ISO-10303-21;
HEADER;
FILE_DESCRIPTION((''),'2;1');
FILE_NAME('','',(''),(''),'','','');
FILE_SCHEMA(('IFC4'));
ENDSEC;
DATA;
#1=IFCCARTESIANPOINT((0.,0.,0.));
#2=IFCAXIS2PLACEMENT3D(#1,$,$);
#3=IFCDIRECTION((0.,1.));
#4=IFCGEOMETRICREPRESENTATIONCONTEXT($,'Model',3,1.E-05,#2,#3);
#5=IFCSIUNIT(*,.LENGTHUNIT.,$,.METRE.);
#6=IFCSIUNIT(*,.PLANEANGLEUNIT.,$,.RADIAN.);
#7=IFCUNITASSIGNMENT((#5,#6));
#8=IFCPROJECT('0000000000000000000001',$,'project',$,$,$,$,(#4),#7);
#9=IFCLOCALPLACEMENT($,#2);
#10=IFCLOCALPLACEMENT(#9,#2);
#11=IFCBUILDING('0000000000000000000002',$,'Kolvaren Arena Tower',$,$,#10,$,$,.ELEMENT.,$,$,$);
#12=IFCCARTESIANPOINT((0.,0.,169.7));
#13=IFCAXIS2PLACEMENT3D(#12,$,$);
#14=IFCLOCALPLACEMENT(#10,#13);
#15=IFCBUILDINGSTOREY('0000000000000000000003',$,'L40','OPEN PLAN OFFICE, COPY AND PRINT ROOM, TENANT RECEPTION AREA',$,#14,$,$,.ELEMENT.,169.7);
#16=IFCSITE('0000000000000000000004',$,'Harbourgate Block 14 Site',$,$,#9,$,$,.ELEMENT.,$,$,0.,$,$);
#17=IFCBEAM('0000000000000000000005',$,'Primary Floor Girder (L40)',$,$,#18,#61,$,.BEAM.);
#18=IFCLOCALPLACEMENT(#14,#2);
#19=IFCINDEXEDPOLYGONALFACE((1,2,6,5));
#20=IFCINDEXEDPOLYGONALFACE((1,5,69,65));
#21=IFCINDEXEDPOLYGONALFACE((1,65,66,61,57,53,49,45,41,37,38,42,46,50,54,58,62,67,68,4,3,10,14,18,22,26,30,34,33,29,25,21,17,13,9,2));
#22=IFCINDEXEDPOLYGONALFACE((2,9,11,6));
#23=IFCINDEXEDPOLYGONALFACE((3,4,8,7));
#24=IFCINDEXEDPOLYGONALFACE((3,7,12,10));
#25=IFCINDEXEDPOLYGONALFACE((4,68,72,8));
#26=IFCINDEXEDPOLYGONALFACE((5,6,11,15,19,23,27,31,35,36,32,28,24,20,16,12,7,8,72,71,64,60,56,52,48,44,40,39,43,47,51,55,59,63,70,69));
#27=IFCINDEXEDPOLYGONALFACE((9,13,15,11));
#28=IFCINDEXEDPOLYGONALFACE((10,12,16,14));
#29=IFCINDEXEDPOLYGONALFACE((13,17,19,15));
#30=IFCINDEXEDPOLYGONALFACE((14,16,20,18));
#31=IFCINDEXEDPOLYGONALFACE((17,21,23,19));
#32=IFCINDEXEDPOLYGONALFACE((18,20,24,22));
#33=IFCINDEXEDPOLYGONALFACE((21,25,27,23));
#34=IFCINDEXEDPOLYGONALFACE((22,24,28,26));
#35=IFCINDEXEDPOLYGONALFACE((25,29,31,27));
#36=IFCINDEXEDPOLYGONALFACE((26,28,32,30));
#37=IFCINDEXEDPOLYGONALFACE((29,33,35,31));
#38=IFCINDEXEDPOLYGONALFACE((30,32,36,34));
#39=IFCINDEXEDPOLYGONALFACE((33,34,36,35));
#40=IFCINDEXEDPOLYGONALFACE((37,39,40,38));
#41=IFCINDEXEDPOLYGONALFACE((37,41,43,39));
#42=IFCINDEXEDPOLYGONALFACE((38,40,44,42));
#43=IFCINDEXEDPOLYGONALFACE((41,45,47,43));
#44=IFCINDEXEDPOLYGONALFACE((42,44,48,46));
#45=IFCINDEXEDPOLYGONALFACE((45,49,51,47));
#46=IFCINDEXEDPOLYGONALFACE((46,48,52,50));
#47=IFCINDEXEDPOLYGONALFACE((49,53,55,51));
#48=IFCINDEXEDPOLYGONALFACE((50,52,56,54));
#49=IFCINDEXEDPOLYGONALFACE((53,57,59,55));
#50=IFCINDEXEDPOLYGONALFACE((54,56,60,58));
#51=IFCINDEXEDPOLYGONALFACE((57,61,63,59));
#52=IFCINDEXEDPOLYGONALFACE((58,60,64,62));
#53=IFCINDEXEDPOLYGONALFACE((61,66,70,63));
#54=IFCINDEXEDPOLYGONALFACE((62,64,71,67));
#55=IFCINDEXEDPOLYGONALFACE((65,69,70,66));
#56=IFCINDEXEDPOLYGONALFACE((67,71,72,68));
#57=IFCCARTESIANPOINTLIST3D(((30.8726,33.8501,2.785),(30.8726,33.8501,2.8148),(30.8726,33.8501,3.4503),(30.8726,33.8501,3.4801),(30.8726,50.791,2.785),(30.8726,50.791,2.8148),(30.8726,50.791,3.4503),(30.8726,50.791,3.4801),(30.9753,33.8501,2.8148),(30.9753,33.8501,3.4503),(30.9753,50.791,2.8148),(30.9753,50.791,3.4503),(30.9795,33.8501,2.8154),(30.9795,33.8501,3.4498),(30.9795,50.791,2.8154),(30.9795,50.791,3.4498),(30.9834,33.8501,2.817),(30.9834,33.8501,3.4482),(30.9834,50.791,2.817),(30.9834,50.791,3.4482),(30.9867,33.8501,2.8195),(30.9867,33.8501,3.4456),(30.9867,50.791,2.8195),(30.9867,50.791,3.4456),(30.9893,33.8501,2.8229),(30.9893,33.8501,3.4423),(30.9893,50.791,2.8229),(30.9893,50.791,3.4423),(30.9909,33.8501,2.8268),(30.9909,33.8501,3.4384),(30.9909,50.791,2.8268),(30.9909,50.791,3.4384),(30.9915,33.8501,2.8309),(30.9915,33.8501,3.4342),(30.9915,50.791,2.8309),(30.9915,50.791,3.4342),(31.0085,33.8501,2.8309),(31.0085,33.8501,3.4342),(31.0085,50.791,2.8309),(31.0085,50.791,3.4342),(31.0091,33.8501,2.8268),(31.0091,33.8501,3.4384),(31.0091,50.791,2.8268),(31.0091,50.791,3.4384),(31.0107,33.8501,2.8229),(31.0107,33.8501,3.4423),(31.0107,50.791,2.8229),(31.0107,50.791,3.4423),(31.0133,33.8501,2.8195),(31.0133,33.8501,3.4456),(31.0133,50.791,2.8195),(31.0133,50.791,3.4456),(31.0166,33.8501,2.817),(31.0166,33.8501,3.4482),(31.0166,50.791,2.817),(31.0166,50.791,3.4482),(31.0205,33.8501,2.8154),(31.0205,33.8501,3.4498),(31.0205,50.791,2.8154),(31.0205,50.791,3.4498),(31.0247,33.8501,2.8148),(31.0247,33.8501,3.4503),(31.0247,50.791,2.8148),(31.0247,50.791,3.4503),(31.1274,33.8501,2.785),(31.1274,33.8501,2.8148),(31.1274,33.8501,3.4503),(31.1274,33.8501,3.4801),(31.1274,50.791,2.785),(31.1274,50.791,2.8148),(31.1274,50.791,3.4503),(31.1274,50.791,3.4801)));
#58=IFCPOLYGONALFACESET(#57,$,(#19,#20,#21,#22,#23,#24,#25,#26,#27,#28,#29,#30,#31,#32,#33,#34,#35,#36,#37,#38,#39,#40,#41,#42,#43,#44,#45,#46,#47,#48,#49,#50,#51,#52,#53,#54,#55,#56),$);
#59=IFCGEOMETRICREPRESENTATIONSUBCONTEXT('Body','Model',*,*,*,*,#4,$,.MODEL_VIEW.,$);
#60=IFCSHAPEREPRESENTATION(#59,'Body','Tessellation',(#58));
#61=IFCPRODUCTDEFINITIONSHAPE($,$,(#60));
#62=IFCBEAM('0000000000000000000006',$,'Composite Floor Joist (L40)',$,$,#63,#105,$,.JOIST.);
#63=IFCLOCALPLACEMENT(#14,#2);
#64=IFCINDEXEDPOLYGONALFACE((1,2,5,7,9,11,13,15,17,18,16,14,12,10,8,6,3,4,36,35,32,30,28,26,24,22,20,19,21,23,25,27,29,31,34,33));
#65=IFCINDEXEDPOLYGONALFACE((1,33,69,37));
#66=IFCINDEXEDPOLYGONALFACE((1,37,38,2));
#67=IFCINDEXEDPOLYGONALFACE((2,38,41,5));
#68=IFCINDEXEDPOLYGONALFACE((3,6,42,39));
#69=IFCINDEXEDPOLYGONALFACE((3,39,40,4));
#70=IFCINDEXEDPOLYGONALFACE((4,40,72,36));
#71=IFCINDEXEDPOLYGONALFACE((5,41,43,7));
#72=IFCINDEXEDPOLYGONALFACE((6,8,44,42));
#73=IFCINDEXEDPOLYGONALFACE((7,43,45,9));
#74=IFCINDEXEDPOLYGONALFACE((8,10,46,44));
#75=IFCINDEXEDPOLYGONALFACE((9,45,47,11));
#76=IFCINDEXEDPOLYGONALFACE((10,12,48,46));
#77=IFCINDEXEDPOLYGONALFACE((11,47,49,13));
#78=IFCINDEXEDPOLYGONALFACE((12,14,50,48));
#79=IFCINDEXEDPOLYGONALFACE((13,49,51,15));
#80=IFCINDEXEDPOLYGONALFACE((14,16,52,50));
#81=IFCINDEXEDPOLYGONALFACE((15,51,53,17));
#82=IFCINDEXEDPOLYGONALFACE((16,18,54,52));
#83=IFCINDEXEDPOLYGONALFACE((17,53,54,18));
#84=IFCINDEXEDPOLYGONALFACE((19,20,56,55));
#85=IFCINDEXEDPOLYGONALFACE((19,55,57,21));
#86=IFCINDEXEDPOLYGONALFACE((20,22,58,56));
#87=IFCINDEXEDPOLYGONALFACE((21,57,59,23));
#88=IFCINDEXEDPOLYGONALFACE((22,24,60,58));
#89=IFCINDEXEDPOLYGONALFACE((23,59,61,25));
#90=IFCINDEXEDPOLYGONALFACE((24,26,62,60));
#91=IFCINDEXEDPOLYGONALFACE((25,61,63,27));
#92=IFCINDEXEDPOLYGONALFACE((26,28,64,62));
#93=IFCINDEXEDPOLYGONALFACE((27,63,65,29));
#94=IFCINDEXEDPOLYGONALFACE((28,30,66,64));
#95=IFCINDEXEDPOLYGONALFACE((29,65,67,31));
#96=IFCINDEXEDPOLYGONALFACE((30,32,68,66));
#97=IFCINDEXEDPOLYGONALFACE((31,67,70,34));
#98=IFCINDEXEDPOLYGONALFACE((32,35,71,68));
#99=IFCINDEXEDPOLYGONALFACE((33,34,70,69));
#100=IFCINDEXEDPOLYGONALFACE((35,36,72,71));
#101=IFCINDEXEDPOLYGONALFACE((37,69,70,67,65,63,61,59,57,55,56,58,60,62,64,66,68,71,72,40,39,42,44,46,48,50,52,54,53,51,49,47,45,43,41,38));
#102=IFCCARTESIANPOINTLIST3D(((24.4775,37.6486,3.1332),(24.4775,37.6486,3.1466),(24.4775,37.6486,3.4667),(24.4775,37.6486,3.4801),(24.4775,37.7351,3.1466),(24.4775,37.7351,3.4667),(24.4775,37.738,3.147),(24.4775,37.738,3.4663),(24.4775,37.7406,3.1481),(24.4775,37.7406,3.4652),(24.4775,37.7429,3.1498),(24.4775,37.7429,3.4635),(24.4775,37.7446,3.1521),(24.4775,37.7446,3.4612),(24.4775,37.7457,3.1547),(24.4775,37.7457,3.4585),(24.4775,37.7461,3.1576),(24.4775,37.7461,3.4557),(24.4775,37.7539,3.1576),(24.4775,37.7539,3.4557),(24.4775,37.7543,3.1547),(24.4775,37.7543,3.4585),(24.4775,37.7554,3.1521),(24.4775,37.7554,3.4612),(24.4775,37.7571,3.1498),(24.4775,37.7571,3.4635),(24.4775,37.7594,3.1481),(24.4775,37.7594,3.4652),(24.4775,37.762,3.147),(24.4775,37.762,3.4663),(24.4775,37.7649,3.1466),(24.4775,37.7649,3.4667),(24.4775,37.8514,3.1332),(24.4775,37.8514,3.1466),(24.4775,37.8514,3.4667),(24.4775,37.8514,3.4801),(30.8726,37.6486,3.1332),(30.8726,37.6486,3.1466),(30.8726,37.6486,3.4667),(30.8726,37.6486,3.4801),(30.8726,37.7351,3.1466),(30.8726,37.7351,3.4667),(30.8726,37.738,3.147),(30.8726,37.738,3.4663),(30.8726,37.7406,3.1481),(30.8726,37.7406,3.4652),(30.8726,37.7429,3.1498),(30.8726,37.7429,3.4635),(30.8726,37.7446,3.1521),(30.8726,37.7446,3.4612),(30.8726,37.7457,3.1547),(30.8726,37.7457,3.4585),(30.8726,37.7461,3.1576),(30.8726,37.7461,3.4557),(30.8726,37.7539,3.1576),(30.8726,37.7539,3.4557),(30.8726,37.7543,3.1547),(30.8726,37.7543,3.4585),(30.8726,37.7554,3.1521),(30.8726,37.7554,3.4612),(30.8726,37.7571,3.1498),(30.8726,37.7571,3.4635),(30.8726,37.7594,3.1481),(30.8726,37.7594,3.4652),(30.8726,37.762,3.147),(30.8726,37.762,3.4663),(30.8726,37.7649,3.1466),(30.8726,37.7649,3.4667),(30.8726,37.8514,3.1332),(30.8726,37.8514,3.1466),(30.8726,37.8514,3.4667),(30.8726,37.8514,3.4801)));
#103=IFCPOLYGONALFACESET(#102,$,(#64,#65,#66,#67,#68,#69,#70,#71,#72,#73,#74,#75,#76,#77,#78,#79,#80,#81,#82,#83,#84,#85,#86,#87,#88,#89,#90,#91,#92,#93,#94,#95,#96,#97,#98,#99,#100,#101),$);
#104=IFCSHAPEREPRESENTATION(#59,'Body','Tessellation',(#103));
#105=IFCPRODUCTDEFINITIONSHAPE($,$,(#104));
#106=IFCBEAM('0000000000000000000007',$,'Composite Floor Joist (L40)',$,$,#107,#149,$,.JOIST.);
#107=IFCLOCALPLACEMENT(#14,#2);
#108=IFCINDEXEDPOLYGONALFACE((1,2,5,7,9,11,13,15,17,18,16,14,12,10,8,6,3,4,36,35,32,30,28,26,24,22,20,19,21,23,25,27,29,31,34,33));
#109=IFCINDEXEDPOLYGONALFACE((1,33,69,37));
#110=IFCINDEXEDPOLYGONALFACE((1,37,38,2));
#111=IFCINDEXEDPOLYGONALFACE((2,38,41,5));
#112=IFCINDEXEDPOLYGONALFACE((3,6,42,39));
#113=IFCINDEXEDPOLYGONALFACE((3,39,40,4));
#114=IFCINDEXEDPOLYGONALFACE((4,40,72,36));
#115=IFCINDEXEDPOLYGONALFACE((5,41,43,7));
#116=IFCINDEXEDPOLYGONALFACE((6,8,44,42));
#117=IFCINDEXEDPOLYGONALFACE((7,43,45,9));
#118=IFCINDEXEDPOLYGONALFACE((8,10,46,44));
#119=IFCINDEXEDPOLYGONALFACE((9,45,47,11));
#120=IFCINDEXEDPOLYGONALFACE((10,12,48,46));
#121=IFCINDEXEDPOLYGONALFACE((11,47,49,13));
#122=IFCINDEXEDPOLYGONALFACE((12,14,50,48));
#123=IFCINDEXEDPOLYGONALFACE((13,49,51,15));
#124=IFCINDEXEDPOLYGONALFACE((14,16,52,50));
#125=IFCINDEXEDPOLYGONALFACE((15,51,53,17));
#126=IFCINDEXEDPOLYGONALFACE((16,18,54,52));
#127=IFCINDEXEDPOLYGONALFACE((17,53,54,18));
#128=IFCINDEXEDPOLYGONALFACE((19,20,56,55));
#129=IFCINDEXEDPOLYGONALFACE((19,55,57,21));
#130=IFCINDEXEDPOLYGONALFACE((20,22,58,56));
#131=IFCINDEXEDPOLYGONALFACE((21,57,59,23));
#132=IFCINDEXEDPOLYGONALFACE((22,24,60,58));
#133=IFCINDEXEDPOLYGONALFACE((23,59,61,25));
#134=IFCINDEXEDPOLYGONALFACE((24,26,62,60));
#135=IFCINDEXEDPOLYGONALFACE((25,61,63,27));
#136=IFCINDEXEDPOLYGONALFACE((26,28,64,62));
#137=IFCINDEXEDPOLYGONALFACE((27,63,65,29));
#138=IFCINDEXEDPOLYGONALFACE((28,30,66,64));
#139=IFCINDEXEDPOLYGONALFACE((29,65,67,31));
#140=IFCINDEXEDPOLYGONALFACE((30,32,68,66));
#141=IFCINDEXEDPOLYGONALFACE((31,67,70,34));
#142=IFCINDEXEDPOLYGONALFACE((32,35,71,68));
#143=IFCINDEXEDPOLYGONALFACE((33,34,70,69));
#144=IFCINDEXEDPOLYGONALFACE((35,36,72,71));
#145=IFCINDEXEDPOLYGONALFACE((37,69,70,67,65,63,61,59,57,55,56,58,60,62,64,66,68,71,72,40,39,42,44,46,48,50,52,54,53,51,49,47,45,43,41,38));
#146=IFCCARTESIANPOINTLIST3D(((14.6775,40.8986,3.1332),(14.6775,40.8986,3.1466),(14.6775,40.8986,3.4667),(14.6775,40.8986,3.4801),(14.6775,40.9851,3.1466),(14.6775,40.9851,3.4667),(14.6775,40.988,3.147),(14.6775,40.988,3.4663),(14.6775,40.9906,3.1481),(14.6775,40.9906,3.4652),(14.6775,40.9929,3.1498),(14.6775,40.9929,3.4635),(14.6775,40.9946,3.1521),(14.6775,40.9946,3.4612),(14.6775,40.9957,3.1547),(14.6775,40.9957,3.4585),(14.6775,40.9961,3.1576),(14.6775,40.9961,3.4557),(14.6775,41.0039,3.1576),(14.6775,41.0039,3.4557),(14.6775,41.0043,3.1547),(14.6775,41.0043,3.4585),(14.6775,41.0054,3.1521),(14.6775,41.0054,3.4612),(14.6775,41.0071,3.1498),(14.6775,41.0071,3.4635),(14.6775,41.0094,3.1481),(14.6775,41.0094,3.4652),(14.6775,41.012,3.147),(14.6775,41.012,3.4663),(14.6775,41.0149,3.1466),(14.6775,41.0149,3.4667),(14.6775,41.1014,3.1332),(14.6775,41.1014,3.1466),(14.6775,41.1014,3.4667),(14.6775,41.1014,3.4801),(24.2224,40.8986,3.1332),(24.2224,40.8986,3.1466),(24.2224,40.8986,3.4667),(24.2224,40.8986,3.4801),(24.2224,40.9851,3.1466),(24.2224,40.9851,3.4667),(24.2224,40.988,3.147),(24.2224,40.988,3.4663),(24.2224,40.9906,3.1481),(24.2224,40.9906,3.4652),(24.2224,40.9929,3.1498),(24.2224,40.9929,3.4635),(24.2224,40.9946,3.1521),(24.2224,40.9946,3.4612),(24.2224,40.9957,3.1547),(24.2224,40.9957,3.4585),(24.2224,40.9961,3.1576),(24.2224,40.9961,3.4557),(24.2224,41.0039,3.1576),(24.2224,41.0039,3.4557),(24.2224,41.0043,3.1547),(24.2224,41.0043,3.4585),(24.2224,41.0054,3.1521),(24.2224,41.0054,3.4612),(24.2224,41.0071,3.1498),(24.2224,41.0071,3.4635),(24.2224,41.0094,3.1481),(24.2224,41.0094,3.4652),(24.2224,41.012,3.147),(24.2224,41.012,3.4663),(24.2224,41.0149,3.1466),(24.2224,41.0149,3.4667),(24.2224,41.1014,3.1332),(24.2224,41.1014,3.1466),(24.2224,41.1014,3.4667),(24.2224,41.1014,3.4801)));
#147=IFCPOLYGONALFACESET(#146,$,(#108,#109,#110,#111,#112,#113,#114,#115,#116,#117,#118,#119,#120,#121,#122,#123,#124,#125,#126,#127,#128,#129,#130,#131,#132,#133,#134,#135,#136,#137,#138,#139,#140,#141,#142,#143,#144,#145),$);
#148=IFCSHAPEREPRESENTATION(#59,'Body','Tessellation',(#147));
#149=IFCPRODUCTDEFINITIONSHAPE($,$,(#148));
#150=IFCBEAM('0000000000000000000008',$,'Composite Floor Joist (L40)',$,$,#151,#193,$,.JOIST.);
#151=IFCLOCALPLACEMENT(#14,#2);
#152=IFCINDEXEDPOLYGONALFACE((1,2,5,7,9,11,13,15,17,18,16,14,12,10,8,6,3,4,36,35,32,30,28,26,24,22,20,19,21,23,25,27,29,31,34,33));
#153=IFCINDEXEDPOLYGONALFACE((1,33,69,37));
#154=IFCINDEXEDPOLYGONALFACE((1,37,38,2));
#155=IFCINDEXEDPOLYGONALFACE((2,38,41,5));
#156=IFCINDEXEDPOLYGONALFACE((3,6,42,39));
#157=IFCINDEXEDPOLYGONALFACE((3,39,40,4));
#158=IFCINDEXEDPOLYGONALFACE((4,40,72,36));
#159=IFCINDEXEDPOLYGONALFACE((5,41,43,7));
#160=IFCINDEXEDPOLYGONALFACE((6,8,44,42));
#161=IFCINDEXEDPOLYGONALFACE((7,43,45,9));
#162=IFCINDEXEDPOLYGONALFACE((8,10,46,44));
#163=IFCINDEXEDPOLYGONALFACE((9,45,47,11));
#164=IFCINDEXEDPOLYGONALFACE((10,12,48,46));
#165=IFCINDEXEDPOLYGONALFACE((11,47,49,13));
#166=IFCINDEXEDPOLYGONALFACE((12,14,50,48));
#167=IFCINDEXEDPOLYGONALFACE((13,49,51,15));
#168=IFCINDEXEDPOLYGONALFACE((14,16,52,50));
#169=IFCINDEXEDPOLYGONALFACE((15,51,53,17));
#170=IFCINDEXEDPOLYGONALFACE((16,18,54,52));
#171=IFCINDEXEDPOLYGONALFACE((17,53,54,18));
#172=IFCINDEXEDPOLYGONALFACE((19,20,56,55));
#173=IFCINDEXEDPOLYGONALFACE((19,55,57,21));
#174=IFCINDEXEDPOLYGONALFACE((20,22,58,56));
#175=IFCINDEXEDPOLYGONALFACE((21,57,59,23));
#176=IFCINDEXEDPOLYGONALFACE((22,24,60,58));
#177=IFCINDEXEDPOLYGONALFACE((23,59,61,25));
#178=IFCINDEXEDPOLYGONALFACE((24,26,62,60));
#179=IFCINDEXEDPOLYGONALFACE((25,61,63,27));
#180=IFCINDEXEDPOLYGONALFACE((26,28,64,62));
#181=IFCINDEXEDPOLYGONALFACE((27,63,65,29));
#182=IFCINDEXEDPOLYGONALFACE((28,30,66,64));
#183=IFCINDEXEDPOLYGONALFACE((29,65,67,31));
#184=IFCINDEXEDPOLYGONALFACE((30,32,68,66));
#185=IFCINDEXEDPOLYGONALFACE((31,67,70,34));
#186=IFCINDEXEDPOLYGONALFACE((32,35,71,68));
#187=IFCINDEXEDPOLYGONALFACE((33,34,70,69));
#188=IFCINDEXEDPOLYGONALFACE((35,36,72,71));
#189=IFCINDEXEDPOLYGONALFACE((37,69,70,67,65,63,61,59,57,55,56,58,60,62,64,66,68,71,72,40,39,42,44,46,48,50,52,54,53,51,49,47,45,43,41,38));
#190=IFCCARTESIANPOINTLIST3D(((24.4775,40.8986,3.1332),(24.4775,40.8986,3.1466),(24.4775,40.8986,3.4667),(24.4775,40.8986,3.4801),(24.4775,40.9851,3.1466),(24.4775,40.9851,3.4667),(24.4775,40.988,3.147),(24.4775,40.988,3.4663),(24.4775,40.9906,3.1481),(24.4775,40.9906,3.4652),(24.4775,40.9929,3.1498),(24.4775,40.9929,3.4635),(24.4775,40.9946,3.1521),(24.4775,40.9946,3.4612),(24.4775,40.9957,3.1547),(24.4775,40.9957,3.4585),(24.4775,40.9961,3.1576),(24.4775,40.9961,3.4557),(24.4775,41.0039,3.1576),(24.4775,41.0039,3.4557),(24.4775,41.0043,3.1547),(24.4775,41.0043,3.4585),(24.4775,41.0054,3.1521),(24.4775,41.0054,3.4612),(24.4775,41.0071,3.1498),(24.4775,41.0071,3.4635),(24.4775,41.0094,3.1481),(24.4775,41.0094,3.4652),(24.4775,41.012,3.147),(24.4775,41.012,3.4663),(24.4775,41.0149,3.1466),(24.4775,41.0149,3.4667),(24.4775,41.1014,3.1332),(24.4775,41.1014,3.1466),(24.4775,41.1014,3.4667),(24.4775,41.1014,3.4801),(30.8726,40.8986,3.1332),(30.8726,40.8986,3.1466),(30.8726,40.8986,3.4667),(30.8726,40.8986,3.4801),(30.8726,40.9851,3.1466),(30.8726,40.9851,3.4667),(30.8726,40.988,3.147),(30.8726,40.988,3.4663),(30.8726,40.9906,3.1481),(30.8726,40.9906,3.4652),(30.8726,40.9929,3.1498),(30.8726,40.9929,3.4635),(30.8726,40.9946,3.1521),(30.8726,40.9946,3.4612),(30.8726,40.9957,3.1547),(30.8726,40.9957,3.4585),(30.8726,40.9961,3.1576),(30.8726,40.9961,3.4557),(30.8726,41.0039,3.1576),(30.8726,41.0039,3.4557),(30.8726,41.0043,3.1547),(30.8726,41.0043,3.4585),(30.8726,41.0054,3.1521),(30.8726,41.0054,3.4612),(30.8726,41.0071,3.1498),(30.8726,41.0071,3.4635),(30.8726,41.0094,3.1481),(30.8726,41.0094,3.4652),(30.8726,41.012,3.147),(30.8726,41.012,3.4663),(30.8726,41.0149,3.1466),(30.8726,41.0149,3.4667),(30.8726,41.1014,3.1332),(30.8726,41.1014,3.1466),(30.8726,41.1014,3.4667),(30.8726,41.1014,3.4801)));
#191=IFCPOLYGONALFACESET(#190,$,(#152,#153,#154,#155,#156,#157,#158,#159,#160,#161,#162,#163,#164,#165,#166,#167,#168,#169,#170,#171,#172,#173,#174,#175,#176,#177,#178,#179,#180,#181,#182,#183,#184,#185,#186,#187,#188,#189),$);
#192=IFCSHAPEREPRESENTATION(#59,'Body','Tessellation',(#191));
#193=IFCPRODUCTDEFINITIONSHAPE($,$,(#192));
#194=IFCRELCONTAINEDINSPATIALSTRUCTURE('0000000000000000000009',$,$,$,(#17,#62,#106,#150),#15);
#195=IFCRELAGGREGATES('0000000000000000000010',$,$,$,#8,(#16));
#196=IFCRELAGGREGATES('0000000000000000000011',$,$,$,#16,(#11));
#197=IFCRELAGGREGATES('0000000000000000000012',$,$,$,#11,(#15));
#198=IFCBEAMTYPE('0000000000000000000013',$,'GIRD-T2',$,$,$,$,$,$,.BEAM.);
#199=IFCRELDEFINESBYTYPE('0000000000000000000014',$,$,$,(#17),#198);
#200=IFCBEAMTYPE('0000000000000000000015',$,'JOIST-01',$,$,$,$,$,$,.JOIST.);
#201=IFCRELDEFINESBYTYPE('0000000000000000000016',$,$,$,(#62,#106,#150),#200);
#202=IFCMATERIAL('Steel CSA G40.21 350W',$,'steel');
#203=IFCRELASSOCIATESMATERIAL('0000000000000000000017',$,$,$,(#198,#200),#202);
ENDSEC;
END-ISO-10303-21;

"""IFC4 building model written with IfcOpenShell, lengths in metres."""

from ifc_helpers import new_model, si_unit, direction, frame, origin, origin_2d, place, context, subcontext, project, spatial, i_section, extrude, material, material_profile, profile_set, type_object, element, save


model = new_model("IFC4")

# Units and contexts
model_context = context("Model", 3, precision=1e-05, world=origin(), true_north=direction((0.0, 1.0)))
body_context = subcontext(model_context, "Body", "Model", "MODEL_VIEW")
ifc_project = project(units=[si_unit("LENGTHUNIT", "METRE"), si_unit("PLANEANGLEUNIT", "RADIAN")], contexts=[model_context])

# Site, building, storey
site_placement = place(None, origin())
site = spatial("IfcSite", under=ifc_project, at=site_placement, Name="Harbourgate Block 14 Site", CompositionType="ELEMENT", RefElevation=0.0)
building_placement = place(site_placement, origin())
building = spatial("IfcBuilding", under=site, at=building_placement, Name="Kolvaren Arena Tower", CompositionType="ELEMENT")
storey_placement = place(building_placement, frame((0.0, 0.0, 169.7)))
storey = spatial("IfcBuildingStorey", under=building, at=storey_placement, Name="L40", Description="OPEN PLAN OFFICE, COPY AND PRINT ROOM, TENANT RECEPTION AREA", CompositionType="ELEMENT", Elevation=169.7)

# Beams
ifc_material_1 = material(Name="Steel CSA G40.21 350W", Category="steel")
ifc_material_profile_1 = material_profile(ifc_material_1, i_section(OverallWidth=0.2549, OverallDepth=0.6951, WebThickness=0.0171, FlangeThickness=0.0298, FilletRadius=0.0161, at=origin_2d()), Name="W690x217")
ifc_profile_set_1 = profile_set([ifc_material_profile_1], Name="Steel CSA G40.21 350W")
beam_type_1 = type_object("IfcBeamType", Name="GIRD-T2", PredefinedType="BEAM", material=ifc_profile_set_1)
beam_1_placement = place(storey_placement, frame((31.0, 33.8501, 3.1326), z_axis=(0.0, 1.0, 0.0), x_axis=(-1.0, 0.0, 0.0)))
element("IfcBeam", 1, at=beam_1_placement, inside=storey, type_object=beam_type_1, Name="Primary Floor Girder (L40)", PredefinedType="BEAM", context=body_context, shape_type="SweptSolid", body=[
    extrude(i_section(OverallWidth=0.2549, OverallDepth=0.6951, WebThickness=0.0171, FlangeThickness=0.0298, FilletRadius=0.0161, at=origin_2d()), origin(), (0.0, 0.0, 1.0), 16.9409),
])
ifc_material_profile_2 = material_profile(ifc_material_1, i_section(OverallWidth=0.2029, OverallDepth=0.3469, WebThickness=0.0078, FlangeThickness=0.0134, FilletRadius=0.011, at=origin_2d()), Name="W360x64")
ifc_profile_set_2 = profile_set([ifc_material_profile_2], Name="Steel CSA G40.21 350W")
beam_type_2 = type_object("IfcBeamType", Name="JOIST-01", PredefinedType="JOIST", material=ifc_profile_set_2)
beam_2_placement = place(storey_placement, frame((24.4775, 37.75, 3.3066), z_axis=(1.0, 0.0, 0.0), x_axis=(0.0, 1.0, 0.0)))
element("IfcBeam", 2, at=beam_2_placement, inside=storey, type_object=beam_type_2, Name="Composite Floor Joist (L40)", PredefinedType="JOIST", context=body_context, shape_type="SweptSolid", body=[
    extrude(i_section(OverallWidth=0.2029, OverallDepth=0.3469, WebThickness=0.0078, FlangeThickness=0.0134, FilletRadius=0.011, at=origin_2d()), origin(), (0.0, 0.0, 1.0), 6.395),
])
beam_3_placement = place(storey_placement, frame((14.6775, 41.0, 3.3066), z_axis=(1.0, 0.0, 0.0), x_axis=(0.0, 1.0, 0.0)))
element("IfcBeam", 3, at=beam_3_placement, inside=storey, type_object=beam_type_2, Name="Composite Floor Joist (L40)", PredefinedType="JOIST", context=body_context, shape_type="SweptSolid", body=[
    extrude(i_section(OverallWidth=0.2029, OverallDepth=0.3469, WebThickness=0.0078, FlangeThickness=0.0134, FilletRadius=0.011, at=origin_2d()), origin(), (0.0, 0.0, 1.0), 9.5449),
])
beam_4_placement = place(storey_placement, frame((24.4775, 41.0, 3.3066), z_axis=(1.0, 0.0, 0.0), x_axis=(0.0, 1.0, 0.0)))
element("IfcBeam", 4, at=beam_4_placement, inside=storey, type_object=beam_type_2, Name="Composite Floor Joist (L40)", PredefinedType="JOIST", context=body_context, shape_type="SweptSolid", body=[
    extrude(i_section(OverallWidth=0.2029, OverallDepth=0.3469, WebThickness=0.0078, FlangeThickness=0.0134, FilletRadius=0.011, at=origin_2d()), origin(), (0.0, 0.0, 1.0), 6.395),
])

save(model, "model.ifc")
